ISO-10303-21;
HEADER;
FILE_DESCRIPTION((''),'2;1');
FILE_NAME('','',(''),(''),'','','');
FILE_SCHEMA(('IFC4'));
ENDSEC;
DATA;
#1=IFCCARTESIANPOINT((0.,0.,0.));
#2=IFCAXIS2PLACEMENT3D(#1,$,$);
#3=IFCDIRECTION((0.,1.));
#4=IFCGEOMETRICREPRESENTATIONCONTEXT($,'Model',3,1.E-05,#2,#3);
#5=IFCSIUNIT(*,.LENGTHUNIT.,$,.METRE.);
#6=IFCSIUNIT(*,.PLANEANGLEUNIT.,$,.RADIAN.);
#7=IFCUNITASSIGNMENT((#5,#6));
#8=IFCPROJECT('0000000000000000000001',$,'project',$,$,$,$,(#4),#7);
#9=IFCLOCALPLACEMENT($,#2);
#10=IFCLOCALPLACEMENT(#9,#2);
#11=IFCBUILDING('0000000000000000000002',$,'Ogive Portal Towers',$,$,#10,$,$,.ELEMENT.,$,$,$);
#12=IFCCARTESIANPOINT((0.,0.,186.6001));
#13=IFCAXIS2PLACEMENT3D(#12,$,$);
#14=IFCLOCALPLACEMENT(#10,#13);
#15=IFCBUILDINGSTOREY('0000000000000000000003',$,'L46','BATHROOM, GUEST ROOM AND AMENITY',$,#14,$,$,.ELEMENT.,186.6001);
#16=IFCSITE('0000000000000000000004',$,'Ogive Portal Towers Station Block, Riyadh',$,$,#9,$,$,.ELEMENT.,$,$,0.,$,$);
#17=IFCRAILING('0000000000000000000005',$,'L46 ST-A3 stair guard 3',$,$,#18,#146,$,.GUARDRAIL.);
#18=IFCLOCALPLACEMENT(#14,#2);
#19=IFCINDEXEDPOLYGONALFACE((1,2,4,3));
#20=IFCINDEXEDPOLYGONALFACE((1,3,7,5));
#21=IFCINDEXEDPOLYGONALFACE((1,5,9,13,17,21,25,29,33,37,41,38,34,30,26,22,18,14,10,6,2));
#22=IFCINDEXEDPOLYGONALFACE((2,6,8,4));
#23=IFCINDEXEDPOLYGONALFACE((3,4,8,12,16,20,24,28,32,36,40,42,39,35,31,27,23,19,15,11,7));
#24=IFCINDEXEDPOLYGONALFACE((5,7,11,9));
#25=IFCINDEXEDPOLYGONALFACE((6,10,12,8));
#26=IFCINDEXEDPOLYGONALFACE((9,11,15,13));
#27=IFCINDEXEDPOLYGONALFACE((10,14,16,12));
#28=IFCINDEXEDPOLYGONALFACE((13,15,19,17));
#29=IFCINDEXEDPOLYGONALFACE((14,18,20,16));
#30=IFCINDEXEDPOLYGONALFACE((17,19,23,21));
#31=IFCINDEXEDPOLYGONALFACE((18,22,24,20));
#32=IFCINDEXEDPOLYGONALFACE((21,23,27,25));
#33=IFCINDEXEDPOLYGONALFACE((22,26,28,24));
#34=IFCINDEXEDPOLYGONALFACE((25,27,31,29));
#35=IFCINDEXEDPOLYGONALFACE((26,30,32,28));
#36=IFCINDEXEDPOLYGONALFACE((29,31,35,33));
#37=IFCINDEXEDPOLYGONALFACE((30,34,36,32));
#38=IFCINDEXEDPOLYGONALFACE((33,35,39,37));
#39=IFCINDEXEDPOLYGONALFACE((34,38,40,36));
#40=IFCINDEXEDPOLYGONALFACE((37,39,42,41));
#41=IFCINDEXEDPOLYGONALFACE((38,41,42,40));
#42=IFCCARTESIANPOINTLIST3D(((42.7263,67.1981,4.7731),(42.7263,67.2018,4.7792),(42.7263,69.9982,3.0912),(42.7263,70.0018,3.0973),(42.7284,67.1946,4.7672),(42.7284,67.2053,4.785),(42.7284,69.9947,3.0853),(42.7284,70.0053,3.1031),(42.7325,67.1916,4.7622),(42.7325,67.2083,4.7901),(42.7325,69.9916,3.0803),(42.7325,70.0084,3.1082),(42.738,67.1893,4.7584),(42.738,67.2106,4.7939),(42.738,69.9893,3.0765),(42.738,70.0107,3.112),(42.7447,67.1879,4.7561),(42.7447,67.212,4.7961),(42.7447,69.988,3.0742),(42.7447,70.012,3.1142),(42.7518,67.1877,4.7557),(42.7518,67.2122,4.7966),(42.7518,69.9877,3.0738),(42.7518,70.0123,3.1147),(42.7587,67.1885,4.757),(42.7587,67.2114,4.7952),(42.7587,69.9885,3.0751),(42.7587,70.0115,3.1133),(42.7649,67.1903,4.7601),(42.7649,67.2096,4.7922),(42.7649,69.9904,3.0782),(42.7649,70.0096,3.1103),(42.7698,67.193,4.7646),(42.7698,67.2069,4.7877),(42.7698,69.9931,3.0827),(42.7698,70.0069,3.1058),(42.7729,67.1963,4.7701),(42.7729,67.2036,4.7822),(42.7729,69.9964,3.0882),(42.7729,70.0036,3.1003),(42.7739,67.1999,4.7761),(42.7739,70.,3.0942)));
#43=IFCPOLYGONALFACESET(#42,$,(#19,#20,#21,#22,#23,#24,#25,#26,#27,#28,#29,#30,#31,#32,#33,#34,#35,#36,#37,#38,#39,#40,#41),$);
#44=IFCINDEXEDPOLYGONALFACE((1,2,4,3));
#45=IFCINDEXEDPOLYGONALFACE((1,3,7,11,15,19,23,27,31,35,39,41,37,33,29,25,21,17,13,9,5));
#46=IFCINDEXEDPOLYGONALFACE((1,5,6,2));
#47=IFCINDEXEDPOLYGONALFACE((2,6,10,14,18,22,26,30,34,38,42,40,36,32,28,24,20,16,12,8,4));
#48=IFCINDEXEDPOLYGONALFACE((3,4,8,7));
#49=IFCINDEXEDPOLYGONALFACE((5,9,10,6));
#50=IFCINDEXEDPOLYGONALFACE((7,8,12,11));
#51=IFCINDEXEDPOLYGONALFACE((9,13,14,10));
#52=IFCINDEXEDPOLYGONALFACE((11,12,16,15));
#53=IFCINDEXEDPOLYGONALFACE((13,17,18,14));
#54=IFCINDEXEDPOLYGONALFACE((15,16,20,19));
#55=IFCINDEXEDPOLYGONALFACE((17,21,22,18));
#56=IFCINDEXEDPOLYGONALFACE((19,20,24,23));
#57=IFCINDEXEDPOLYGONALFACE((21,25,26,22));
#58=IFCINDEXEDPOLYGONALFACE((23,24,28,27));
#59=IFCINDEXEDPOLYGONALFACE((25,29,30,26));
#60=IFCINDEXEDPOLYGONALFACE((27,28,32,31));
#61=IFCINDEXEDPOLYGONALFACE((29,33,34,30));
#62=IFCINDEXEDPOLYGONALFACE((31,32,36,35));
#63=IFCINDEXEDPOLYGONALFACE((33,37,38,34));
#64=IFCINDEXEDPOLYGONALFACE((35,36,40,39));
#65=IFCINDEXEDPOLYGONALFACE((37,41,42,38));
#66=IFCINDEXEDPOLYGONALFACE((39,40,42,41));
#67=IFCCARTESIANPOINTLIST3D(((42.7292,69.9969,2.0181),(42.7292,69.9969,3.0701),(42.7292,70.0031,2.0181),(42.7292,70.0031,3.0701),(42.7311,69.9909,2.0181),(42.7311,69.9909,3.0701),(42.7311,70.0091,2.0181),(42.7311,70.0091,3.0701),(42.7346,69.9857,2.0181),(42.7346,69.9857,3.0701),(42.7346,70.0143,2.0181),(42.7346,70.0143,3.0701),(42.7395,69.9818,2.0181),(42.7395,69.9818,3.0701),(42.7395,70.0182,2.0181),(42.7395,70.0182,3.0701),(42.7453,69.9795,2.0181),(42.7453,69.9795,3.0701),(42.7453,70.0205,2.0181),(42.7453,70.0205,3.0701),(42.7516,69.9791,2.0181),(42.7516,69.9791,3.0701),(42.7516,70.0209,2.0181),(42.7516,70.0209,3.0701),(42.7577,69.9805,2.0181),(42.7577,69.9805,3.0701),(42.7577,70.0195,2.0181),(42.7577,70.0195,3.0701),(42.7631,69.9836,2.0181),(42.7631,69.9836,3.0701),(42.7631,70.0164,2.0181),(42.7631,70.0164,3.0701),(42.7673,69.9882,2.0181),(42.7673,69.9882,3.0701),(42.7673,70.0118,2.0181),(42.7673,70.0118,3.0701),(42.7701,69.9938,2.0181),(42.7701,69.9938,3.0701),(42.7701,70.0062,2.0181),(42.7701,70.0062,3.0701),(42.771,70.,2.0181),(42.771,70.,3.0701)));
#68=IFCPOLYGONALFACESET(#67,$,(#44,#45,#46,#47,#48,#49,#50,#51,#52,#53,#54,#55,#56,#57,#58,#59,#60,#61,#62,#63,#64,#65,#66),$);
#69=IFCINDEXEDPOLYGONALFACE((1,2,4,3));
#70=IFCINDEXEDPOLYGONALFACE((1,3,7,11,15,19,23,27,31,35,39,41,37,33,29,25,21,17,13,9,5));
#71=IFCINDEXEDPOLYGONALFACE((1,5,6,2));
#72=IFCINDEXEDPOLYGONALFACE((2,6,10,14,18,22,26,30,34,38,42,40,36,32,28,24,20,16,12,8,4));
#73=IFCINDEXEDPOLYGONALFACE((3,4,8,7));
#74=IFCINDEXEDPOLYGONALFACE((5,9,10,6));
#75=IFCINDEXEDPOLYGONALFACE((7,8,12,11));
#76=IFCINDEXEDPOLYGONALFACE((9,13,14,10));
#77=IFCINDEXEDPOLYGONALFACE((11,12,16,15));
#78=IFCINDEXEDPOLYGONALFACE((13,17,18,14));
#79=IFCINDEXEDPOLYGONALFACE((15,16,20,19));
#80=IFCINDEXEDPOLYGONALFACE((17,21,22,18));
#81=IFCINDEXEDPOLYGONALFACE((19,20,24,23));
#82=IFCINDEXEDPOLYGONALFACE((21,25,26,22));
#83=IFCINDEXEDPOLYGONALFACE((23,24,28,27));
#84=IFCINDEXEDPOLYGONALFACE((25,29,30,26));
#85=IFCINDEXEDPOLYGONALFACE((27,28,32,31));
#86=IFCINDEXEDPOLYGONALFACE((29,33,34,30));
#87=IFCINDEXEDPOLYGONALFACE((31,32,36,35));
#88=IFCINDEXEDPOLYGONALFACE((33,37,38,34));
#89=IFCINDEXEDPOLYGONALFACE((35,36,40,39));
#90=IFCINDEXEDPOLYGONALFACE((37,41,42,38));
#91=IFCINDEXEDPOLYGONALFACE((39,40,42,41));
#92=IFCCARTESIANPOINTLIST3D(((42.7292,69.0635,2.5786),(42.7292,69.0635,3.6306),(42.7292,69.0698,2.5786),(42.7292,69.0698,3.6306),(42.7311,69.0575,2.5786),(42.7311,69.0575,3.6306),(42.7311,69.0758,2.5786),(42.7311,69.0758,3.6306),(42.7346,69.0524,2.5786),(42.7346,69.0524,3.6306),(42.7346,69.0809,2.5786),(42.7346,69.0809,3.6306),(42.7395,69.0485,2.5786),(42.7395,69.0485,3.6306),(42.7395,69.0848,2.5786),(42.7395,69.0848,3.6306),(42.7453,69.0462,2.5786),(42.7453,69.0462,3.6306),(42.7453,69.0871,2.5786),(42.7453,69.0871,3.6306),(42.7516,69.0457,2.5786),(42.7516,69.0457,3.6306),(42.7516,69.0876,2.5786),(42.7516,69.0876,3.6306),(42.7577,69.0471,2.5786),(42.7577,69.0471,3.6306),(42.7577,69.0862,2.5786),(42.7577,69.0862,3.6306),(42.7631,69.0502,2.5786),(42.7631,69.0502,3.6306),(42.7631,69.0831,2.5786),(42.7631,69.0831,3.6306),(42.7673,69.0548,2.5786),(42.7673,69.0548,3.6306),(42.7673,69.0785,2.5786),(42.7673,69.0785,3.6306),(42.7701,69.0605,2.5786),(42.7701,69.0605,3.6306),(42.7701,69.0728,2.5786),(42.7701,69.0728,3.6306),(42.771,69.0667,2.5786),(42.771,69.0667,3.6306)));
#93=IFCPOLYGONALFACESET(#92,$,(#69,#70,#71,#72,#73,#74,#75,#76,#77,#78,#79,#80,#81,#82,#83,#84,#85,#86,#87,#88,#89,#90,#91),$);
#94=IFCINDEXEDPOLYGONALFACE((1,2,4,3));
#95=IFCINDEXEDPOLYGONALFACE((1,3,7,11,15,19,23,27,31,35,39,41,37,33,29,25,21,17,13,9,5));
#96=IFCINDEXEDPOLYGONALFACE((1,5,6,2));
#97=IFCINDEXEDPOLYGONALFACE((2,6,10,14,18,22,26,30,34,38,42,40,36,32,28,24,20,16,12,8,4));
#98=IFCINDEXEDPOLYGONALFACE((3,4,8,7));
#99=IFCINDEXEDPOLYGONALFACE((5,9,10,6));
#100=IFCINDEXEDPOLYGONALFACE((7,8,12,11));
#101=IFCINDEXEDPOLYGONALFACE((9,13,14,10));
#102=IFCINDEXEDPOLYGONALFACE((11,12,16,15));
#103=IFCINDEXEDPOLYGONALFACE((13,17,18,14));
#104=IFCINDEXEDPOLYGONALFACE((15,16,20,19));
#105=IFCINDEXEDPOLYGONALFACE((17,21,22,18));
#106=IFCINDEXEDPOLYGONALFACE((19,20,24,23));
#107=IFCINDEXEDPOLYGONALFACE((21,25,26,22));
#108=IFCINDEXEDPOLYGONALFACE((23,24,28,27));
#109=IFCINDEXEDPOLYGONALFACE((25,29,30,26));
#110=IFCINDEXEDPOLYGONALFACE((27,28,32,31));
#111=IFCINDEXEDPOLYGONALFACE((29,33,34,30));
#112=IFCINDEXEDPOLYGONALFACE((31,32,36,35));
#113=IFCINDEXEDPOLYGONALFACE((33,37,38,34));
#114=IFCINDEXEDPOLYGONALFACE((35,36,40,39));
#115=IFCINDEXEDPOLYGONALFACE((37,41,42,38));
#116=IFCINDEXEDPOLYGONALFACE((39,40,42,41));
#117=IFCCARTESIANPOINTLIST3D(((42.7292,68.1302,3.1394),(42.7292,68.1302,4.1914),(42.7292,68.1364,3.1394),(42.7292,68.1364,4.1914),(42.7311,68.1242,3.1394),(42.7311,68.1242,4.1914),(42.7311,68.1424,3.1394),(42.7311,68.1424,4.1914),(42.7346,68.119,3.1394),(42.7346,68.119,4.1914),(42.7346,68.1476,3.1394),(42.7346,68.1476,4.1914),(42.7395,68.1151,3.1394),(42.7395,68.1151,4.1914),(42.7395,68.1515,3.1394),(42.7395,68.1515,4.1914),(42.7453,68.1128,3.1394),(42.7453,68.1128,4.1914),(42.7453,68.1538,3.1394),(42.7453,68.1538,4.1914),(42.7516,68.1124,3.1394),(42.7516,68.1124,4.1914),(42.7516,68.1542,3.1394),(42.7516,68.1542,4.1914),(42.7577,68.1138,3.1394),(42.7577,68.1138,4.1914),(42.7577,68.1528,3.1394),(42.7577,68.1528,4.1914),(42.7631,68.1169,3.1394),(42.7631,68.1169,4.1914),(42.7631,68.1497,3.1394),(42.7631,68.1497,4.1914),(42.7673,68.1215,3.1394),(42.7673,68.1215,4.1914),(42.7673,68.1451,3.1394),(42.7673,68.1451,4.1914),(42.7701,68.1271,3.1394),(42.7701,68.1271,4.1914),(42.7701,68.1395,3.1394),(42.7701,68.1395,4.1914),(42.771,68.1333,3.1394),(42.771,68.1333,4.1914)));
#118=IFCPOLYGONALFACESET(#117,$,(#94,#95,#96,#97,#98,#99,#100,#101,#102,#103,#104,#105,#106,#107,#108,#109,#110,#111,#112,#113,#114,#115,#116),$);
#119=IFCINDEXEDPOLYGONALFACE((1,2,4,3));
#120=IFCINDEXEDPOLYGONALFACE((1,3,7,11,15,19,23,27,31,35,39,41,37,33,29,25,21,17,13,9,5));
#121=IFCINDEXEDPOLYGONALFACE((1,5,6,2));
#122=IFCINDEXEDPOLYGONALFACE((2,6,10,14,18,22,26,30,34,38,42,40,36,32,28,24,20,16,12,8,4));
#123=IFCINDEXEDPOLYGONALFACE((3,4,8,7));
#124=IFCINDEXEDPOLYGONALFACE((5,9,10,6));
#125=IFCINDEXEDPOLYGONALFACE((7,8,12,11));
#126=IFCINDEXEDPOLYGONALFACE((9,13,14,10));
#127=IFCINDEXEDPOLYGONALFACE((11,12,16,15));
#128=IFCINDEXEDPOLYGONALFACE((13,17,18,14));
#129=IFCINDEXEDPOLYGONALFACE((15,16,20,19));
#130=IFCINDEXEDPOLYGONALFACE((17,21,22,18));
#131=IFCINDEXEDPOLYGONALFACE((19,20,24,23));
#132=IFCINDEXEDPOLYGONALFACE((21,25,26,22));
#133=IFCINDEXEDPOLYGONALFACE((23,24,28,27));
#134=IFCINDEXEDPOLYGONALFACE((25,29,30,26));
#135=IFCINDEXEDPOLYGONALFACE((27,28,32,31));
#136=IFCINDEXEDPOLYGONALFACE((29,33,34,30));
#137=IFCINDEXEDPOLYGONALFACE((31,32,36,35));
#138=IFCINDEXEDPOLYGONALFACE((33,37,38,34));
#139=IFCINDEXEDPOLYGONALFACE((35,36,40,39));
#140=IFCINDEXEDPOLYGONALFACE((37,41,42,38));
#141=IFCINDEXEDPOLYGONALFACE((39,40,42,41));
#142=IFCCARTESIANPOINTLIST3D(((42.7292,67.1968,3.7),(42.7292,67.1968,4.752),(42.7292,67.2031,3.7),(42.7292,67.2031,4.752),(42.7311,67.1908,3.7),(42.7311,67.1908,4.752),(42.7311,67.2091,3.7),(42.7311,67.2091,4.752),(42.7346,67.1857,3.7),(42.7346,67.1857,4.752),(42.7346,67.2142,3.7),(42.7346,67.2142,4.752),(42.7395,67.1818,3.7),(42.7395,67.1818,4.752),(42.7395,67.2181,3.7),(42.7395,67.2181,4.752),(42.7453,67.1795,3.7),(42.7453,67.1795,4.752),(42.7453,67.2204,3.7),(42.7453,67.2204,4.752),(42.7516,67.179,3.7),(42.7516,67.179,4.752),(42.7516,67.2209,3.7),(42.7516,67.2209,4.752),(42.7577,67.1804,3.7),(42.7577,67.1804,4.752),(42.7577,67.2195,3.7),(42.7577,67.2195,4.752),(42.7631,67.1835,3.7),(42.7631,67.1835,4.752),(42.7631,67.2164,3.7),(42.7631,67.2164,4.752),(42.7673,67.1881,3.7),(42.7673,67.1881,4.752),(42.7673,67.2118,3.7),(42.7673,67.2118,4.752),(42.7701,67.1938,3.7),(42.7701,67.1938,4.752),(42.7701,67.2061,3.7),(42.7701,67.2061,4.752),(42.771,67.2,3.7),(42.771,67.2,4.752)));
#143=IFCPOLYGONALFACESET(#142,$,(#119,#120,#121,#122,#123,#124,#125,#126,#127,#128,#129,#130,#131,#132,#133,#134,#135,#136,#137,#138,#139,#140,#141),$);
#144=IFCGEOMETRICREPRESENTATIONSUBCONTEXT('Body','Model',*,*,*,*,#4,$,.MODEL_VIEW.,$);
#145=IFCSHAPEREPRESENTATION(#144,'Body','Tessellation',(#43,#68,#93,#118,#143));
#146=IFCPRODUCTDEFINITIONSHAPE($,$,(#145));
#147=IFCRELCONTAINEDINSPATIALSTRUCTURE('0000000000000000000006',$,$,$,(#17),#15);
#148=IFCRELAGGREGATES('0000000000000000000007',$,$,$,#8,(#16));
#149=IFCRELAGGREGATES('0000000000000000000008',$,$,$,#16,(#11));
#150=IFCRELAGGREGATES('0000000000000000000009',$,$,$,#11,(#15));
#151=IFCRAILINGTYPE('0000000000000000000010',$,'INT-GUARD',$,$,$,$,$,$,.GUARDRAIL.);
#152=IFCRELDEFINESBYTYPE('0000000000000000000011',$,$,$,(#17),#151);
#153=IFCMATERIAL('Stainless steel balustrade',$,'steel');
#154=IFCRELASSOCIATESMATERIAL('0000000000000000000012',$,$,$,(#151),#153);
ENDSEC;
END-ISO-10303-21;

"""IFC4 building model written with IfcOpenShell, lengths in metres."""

from ifc_helpers import new_model, si_unit, direction, frame, origin, origin_2d, place, context, subcontext, project, spatial, circle, extrude, material, type_object, element, save


model = new_model("IFC4")

# Units and contexts
model_context = context("Model", 3, precision=1e-05, world=origin(), true_north=direction((0.0, 1.0)))
body_context = subcontext(model_context, "Body", "Model", "MODEL_VIEW")
ifc_project = project(units=[si_unit("LENGTHUNIT", "METRE"), si_unit("PLANEANGLEUNIT", "RADIAN")], contexts=[model_context])

# Site, building, storey
site_placement = place(None, origin())
site = spatial("IfcSite", under=ifc_project, at=site_placement, Name="Ogive Portal Towers Station Block, Riyadh", CompositionType="ELEMENT", RefElevation=0.0)
building_placement = place(site_placement, origin())
building = spatial("IfcBuilding", under=site, at=building_placement, Name="Ogive Portal Towers", CompositionType="ELEMENT")
storey_placement = place(building_placement, frame((0.0, 0.0, 186.6001)))
storey = spatial("IfcBuildingStorey", under=building, at=storey_placement, Name="L46", Description="BATHROOM, GUEST ROOM AND AMENITY", CompositionType="ELEMENT", Elevation=186.6001)

# Railing
ifc_material_1 = material(Name="Stainless steel balustrade", Category="steel")
railing_type_1 = type_object("IfcRailingType", Name="INT-GUARD", PredefinedType="GUARDRAIL", material=ifc_material_1)
railing_1_placement = place(storey_placement, frame((42.75, 70.0, 2.0181)))
element("IfcRailing", 1, at=railing_1_placement, inside=storey, type_object=railing_type_1, Name="L46 ST-A3 stair guard 3", PredefinedType="GUARDRAIL", context=body_context, shape_type="SweptSolid", body=[
    extrude(circle(Radius=0.0239, at=origin_2d()), frame((0.0, 0.0, 1.0762), z_axis=(0.0, -0.857242, 0.514913), x_axis=(1.0, 0.0, 0.0)), (0.0, 0.0, 1.0), 3.2664),
    extrude(circle(Radius=0.021, at=origin_2d()), origin(), (0.0, 0.0, 1.0), 1.052),
    extrude(circle(Radius=0.021, at=origin_2d()), frame((0.0, -0.9333, 0.5605)), (0.0, 0.0, 1.0), 1.052),
    extrude(circle(Radius=0.021, at=origin_2d()), frame((0.0, -1.8667, 1.1213)), (0.0, 0.0, 1.0), 1.052),
    extrude(circle(Radius=0.021, at=origin_2d()), frame((0.0, -2.8, 1.6819)), (0.0, 0.0, 1.0), 1.052),
])

save(model, "model.ifc")
